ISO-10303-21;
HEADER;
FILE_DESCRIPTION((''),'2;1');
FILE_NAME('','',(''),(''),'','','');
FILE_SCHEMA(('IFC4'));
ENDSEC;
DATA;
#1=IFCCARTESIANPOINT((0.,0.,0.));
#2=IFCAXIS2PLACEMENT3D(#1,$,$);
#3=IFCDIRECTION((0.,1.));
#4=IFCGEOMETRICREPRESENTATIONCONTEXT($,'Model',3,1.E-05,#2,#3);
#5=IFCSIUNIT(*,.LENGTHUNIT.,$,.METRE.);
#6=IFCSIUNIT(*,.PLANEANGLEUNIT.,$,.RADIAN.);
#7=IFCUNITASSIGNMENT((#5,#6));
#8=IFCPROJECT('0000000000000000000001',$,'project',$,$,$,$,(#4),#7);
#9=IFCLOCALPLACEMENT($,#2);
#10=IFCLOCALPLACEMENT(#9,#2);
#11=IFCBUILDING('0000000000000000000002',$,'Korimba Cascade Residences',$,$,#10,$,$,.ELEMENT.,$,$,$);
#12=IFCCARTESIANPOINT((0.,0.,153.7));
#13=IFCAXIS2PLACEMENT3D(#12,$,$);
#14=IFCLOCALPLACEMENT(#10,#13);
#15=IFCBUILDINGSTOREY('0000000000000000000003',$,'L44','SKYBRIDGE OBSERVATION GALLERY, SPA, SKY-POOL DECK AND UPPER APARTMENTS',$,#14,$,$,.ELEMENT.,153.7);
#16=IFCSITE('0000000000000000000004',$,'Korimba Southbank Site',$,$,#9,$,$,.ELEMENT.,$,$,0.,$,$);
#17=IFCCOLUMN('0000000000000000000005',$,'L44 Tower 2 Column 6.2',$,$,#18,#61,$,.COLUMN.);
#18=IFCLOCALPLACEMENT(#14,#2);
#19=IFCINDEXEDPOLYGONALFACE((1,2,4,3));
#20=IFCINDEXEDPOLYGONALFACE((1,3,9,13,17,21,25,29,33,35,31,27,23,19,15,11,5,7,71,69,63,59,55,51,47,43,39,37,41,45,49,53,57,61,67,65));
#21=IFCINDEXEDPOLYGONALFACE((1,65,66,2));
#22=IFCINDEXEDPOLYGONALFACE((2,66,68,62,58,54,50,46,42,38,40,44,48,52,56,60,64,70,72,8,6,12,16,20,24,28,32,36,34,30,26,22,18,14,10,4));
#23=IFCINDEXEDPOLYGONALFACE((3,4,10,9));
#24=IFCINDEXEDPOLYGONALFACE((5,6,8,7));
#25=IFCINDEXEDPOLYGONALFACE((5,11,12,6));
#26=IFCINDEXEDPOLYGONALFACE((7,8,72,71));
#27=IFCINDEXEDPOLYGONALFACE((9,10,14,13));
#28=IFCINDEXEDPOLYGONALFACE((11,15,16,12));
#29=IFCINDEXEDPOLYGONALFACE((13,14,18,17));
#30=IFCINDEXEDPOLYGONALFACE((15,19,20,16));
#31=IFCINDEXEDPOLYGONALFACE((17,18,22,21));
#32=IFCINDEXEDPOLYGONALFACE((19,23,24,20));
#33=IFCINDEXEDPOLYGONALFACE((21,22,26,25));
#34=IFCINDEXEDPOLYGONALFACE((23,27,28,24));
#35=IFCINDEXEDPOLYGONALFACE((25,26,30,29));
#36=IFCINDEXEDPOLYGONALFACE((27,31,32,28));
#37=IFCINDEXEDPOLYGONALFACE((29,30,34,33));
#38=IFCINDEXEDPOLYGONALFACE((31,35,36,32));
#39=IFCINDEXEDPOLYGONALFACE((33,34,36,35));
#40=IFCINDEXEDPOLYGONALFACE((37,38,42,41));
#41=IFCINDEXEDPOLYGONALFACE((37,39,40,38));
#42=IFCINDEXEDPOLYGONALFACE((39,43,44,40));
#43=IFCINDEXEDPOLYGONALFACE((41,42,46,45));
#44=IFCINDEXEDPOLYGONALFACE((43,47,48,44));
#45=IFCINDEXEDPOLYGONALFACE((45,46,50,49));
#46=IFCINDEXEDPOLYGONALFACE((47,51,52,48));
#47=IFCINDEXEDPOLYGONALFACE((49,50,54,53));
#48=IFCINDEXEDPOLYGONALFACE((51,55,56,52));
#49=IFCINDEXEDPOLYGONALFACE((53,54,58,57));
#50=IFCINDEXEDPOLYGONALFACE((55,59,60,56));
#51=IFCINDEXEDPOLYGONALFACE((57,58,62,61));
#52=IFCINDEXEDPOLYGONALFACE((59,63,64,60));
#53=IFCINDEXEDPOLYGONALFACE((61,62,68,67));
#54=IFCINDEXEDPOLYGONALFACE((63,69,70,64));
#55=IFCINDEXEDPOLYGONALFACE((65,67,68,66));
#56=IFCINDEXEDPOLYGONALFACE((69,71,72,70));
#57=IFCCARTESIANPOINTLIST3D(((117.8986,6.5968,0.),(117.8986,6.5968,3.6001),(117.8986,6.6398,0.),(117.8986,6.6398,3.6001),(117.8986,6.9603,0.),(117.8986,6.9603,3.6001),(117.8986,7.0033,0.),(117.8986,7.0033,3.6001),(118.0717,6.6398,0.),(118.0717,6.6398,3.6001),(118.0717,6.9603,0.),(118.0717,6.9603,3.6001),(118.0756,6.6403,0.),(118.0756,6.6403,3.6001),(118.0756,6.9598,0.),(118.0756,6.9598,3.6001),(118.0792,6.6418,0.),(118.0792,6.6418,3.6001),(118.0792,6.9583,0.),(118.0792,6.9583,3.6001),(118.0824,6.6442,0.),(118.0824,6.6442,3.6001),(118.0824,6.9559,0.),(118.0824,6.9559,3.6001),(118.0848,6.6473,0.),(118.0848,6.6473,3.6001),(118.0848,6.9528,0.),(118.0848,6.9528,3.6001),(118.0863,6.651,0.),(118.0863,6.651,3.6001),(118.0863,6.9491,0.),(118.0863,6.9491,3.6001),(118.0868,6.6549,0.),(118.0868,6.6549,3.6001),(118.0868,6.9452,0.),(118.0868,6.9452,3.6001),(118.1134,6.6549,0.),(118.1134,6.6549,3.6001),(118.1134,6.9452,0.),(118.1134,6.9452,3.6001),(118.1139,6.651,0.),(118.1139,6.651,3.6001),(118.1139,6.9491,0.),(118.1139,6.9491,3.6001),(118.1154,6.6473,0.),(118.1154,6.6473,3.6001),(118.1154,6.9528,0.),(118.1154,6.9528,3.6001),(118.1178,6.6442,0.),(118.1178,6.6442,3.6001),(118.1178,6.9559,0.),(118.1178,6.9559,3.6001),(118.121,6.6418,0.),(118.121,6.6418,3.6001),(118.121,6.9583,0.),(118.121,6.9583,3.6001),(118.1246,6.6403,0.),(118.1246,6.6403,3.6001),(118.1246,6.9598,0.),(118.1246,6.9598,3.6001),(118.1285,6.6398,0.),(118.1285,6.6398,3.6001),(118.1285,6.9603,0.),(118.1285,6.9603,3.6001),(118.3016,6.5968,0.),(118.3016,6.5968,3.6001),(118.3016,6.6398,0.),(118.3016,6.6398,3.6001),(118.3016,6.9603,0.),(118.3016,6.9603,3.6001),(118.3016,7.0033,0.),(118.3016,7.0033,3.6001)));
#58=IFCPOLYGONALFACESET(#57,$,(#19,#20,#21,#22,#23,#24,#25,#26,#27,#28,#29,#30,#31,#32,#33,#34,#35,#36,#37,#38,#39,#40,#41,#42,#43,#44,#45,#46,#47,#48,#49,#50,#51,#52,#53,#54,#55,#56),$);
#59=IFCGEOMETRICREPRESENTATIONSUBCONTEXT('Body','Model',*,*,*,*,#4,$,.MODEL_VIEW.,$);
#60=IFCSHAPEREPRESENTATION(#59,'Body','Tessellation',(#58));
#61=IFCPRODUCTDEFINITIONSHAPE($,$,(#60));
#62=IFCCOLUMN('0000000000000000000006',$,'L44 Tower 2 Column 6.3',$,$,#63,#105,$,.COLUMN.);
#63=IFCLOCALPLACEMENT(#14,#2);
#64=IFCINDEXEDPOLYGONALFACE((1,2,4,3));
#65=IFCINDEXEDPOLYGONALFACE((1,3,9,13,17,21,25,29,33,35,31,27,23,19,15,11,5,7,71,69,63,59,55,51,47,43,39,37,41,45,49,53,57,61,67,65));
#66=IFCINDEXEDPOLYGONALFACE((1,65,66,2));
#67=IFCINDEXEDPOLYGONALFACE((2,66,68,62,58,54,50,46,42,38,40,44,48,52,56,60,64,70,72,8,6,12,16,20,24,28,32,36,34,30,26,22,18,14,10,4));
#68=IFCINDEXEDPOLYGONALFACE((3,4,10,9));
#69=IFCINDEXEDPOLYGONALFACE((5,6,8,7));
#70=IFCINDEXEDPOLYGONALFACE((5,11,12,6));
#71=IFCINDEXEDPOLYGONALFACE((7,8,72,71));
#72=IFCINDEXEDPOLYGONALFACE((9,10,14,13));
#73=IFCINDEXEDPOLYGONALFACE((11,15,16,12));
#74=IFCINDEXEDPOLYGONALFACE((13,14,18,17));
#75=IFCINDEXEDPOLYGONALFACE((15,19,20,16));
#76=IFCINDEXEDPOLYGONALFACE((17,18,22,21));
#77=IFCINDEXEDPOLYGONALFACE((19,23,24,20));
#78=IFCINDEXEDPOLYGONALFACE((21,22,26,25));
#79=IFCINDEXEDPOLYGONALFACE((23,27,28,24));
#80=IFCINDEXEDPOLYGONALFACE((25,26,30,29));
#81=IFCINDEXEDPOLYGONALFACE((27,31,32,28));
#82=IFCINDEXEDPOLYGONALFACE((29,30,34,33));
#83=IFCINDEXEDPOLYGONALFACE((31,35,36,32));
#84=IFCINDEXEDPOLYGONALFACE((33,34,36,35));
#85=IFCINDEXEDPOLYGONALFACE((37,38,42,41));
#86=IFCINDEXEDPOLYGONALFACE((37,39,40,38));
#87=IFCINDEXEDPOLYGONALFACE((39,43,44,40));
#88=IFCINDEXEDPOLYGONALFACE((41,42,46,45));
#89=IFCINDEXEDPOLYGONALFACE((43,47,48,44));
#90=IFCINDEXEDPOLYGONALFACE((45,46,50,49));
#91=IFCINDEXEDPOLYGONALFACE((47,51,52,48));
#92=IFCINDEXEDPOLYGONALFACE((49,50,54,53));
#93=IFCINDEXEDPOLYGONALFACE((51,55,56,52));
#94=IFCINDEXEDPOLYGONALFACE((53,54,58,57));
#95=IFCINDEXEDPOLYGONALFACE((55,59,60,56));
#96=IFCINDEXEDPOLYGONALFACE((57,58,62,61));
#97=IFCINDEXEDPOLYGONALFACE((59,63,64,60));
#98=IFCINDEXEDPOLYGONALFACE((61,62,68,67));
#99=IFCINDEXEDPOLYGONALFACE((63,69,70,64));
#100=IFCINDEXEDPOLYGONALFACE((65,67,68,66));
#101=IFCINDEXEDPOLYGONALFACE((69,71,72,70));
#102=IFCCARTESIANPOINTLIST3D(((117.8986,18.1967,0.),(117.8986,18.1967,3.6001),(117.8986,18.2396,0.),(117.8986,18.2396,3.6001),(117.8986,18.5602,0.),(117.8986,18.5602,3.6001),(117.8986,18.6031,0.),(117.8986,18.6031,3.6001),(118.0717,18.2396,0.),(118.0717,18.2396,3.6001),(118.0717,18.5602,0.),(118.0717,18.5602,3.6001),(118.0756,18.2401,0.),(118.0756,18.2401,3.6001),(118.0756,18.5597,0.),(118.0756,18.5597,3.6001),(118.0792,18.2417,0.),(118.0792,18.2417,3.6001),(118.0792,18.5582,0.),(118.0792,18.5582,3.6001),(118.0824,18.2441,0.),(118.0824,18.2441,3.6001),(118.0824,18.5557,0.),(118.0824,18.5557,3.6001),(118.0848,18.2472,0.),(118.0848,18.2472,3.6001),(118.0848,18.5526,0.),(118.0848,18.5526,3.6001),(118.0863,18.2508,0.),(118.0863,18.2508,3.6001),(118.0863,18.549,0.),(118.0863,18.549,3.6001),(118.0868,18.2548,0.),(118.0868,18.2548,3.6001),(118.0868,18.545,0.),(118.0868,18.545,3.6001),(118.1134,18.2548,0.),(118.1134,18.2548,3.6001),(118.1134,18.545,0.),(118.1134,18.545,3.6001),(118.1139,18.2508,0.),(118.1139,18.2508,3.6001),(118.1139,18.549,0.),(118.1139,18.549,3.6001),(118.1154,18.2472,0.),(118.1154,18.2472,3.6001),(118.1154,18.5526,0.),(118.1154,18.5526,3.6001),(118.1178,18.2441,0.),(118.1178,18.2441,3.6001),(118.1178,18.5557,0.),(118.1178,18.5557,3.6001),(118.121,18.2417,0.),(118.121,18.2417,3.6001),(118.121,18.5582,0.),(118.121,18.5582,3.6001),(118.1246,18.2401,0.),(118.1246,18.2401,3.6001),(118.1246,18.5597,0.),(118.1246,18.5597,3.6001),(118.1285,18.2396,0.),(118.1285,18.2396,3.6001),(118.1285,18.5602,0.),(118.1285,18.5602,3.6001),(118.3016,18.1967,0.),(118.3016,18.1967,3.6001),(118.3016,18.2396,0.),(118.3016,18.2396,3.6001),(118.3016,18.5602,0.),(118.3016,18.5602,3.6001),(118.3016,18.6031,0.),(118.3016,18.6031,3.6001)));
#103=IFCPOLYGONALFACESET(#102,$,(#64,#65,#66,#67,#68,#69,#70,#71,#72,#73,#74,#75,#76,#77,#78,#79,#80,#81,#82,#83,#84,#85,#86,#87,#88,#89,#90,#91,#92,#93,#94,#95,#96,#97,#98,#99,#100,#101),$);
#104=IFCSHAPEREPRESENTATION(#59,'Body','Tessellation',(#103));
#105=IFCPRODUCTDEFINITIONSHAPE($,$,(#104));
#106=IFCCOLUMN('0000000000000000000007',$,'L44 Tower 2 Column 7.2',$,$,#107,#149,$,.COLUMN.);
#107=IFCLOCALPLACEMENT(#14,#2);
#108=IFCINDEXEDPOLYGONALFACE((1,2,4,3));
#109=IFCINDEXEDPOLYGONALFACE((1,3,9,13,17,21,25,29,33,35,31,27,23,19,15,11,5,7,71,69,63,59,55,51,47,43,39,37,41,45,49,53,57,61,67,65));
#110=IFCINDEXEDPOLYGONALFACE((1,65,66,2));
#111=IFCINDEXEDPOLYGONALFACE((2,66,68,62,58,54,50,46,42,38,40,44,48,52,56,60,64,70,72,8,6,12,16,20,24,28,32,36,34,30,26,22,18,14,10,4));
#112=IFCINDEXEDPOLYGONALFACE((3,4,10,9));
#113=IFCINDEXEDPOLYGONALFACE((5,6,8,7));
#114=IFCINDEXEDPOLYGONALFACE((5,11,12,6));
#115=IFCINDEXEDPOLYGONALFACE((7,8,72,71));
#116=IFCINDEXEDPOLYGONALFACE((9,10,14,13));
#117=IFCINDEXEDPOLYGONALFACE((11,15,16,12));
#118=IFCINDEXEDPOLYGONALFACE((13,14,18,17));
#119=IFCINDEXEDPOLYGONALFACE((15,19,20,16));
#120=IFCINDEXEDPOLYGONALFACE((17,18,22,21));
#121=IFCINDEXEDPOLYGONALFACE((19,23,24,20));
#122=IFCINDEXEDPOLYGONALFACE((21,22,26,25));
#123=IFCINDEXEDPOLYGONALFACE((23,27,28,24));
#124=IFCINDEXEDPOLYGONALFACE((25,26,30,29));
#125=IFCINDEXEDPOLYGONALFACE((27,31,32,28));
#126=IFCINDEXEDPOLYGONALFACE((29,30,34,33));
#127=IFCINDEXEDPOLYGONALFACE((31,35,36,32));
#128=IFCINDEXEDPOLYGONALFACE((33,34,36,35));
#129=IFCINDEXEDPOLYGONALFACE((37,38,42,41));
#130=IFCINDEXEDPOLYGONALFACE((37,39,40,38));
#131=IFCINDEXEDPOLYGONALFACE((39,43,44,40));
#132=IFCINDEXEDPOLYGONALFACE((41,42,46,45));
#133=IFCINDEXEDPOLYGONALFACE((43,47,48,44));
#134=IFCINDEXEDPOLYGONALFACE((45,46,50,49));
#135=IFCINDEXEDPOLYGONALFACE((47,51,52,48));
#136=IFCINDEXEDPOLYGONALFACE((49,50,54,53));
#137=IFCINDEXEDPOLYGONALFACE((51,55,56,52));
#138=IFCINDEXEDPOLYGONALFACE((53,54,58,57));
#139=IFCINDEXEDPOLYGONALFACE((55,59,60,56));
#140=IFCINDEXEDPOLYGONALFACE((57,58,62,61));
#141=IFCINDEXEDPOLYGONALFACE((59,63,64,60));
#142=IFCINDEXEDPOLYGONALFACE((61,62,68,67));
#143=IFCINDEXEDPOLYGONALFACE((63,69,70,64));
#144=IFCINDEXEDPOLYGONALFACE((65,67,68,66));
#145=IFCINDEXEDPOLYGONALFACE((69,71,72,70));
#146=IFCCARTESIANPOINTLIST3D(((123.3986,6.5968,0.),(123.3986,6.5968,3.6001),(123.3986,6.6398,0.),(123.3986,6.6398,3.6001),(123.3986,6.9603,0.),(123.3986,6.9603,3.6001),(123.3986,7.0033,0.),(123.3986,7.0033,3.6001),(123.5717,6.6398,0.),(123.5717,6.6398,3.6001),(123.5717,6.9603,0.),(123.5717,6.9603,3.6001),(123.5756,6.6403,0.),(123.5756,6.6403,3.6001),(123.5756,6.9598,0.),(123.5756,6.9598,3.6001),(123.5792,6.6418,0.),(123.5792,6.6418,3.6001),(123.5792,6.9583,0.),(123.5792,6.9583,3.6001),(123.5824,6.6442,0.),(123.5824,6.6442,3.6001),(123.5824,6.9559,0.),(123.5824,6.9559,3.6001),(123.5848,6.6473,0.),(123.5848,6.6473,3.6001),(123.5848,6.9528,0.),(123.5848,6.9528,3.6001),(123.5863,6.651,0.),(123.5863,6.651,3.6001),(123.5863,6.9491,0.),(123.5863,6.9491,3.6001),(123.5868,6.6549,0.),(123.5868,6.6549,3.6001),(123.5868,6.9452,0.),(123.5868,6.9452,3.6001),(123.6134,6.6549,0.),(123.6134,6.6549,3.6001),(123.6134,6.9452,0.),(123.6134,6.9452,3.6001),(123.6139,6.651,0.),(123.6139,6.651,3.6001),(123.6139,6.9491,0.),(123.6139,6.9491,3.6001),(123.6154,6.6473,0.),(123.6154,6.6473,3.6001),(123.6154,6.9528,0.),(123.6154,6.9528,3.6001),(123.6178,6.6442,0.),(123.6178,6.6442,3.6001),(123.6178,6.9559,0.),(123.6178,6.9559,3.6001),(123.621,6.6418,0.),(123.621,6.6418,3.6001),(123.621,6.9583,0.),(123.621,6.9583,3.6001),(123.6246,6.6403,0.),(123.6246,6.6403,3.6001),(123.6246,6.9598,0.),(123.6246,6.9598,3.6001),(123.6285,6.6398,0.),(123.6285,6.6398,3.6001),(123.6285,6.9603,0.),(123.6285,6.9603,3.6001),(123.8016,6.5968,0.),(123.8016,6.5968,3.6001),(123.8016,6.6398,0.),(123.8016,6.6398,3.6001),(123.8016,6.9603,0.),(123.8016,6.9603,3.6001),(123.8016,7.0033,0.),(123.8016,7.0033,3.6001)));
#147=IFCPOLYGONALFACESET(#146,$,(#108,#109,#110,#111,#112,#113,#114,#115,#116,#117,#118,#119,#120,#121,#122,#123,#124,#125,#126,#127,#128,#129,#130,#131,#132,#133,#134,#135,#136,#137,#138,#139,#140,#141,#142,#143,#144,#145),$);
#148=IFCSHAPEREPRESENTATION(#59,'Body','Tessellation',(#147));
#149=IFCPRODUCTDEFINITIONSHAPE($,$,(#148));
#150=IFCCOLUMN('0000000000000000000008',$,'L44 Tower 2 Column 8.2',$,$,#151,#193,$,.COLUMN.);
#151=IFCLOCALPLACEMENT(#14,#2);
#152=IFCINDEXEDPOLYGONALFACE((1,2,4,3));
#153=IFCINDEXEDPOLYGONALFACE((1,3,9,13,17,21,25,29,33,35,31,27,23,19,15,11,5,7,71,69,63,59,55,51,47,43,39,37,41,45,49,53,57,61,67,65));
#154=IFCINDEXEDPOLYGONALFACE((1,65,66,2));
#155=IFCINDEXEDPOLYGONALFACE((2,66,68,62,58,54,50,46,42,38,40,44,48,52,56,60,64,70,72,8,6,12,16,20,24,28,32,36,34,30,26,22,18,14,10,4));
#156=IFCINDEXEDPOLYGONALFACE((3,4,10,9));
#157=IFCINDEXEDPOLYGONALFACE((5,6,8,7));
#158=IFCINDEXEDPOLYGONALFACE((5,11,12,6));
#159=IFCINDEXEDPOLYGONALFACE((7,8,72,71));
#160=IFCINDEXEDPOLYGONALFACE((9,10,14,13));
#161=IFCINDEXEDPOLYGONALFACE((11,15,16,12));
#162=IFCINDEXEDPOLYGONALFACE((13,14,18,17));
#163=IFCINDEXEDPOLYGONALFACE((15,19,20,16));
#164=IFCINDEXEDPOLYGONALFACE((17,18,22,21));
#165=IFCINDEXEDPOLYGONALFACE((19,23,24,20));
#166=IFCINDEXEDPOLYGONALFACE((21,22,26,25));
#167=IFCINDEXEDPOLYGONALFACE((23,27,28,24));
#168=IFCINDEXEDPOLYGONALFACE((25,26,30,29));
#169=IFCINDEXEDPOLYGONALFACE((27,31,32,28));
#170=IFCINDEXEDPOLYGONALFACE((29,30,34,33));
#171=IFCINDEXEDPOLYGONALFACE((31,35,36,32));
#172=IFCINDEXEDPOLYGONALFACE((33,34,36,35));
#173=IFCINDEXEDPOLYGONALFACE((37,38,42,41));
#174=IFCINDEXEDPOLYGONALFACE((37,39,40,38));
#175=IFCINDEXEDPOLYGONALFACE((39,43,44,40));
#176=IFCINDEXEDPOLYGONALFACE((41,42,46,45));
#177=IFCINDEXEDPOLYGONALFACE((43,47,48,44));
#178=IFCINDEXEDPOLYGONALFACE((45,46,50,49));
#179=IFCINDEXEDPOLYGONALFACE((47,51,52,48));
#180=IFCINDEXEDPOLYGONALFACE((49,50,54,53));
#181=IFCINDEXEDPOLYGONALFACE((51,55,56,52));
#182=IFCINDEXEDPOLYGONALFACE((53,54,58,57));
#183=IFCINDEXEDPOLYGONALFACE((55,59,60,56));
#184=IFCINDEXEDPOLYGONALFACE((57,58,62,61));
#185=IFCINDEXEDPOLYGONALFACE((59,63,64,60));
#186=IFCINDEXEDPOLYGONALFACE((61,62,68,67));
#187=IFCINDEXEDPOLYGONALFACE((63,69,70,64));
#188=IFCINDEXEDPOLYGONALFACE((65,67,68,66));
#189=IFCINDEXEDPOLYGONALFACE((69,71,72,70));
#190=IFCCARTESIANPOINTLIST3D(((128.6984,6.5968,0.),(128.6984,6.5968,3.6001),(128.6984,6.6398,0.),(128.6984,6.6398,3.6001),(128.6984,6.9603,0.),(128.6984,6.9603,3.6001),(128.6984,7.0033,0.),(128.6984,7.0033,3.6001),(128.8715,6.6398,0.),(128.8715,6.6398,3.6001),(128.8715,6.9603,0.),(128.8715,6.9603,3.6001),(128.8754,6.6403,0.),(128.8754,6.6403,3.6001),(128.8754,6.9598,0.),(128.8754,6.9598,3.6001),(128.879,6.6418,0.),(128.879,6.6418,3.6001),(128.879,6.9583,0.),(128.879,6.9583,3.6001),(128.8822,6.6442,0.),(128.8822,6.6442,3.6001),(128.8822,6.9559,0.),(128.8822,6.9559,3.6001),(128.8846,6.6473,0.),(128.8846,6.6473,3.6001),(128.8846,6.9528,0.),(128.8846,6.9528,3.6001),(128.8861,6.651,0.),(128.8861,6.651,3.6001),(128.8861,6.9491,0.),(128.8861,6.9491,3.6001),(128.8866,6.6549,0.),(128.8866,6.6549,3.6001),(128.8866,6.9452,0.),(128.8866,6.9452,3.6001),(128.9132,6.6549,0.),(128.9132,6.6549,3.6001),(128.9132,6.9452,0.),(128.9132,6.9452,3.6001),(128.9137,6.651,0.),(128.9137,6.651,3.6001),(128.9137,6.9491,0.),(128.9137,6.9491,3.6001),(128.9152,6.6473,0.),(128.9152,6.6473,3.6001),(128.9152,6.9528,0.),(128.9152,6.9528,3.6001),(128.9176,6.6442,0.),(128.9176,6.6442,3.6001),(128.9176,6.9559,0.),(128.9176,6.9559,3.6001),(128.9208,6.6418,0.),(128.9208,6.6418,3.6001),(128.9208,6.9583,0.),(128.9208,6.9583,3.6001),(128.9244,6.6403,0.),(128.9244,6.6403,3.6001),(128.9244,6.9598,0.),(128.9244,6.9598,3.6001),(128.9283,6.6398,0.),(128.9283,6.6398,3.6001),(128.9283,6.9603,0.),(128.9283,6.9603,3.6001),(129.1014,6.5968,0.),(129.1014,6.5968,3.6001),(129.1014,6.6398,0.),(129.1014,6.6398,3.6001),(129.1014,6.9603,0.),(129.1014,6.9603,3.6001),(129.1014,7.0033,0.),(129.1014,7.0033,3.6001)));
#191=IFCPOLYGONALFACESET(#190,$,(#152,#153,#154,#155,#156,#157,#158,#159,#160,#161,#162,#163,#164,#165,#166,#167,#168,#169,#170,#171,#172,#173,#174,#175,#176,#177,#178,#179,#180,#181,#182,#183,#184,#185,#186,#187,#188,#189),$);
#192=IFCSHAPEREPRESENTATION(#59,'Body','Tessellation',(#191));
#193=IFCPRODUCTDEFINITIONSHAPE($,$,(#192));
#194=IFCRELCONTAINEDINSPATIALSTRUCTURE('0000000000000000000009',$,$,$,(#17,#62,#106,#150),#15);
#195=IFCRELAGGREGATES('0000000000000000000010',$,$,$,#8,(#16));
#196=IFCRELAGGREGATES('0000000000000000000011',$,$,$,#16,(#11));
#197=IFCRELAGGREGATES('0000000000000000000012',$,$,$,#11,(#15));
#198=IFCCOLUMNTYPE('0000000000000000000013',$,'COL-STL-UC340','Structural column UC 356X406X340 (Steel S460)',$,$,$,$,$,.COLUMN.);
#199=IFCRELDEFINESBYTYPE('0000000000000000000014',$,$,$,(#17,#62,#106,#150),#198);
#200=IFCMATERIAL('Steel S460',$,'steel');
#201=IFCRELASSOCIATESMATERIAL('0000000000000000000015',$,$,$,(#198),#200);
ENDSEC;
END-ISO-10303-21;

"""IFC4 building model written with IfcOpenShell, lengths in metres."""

from ifc_helpers import new_model, si_unit, direction, frame, origin, origin_2d, place, context, subcontext, project, spatial, i_section, extrude, material, material_profile, profile_set, type_object, element, save


model = new_model("IFC4")

# Units and contexts
model_context = context("Model", 3, precision=1e-05, world=origin(), true_north=direction((0.0, 1.0)))
body_context = subcontext(model_context, "Body", "Model", "MODEL_VIEW")
ifc_project = project(units=[si_unit("LENGTHUNIT", "METRE"), si_unit("PLANEANGLEUNIT", "RADIAN")], contexts=[model_context])

# Site, building, storey
site_placement = place(None, origin())
site = spatial("IfcSite", under=ifc_project, at=site_placement, Name="Korimba Southbank Site", CompositionType="ELEMENT", RefElevation=0.0)
building_placement = place(site_placement, origin())
building = spatial("IfcBuilding", under=site, at=building_placement, Name="Korimba Cascade Residences", CompositionType="ELEMENT")
storey_placement = place(building_placement, frame((0.0, 0.0, 153.7)))
storey = spatial("IfcBuildingStorey", under=building, at=storey_placement, Name="L44", Description="SKYBRIDGE OBSERVATION GALLERY, SPA, SKY-POOL DECK AND UPPER APARTMENTS", CompositionType="ELEMENT", Elevation=153.7)

# Columns
ifc_material_1 = material(Name="Steel S460", Category="steel")
ifc_material_profile_1 = material_profile(ifc_material_1, i_section(OverallWidth=0.4031, OverallDepth=0.4065, WebThickness=0.0266, FlangeThickness=0.043, FilletRadius=0.0151, at=origin_2d()), Name="Steel S460")
ifc_profile_set_1 = profile_set([ifc_material_profile_1], Name="Steel S460")
column_type = type_object("IfcColumnType", Name="COL-STL-UC340", Description="Structural column UC 356X406X340 (Steel S460)", PredefinedType="COLUMN", material=ifc_profile_set_1)
for number, where, z_axis, x_axis, name in (
    (1, (118.1001, 6.8, 0.0), (0.0, 0.0, 1.0), (1.0, 0.0, 0.0), "L44 Tower 2 Column 6.2"),
    (2, (118.1001, 18.3999, 0.0), (0.0, 0.0, 1.0), (1.0, 0.0, 0.0), "L44 Tower 2 Column 6.3"),
    (3, (123.6001, 6.8, 0.0), (0.0, 0.0, 1.0), (1.0, 0.0, 0.0), "L44 Tower 2 Column 7.2"),
    (4, (128.8999, 6.8, 0.0), (0.0, 0.0, 1.0), (1.0, 0.0, 0.0), "L44 Tower 2 Column 8.2"),
):
    element("IfcColumn", number, at=place(storey_placement, frame(where, z_axis=z_axis, x_axis=x_axis)), inside=storey, type_object=column_type, Name=name, PredefinedType="COLUMN", context=body_context, shape_type="SweptSolid", body=[
        extrude(i_section(OverallWidth=0.4031, OverallDepth=0.4065, WebThickness=0.0266, FlangeThickness=0.043, FilletRadius=0.0151, at=origin_2d()), origin(), (0.0, 0.0, 1.0), 3.6001),
    ])

save(model, "model.ifc")
